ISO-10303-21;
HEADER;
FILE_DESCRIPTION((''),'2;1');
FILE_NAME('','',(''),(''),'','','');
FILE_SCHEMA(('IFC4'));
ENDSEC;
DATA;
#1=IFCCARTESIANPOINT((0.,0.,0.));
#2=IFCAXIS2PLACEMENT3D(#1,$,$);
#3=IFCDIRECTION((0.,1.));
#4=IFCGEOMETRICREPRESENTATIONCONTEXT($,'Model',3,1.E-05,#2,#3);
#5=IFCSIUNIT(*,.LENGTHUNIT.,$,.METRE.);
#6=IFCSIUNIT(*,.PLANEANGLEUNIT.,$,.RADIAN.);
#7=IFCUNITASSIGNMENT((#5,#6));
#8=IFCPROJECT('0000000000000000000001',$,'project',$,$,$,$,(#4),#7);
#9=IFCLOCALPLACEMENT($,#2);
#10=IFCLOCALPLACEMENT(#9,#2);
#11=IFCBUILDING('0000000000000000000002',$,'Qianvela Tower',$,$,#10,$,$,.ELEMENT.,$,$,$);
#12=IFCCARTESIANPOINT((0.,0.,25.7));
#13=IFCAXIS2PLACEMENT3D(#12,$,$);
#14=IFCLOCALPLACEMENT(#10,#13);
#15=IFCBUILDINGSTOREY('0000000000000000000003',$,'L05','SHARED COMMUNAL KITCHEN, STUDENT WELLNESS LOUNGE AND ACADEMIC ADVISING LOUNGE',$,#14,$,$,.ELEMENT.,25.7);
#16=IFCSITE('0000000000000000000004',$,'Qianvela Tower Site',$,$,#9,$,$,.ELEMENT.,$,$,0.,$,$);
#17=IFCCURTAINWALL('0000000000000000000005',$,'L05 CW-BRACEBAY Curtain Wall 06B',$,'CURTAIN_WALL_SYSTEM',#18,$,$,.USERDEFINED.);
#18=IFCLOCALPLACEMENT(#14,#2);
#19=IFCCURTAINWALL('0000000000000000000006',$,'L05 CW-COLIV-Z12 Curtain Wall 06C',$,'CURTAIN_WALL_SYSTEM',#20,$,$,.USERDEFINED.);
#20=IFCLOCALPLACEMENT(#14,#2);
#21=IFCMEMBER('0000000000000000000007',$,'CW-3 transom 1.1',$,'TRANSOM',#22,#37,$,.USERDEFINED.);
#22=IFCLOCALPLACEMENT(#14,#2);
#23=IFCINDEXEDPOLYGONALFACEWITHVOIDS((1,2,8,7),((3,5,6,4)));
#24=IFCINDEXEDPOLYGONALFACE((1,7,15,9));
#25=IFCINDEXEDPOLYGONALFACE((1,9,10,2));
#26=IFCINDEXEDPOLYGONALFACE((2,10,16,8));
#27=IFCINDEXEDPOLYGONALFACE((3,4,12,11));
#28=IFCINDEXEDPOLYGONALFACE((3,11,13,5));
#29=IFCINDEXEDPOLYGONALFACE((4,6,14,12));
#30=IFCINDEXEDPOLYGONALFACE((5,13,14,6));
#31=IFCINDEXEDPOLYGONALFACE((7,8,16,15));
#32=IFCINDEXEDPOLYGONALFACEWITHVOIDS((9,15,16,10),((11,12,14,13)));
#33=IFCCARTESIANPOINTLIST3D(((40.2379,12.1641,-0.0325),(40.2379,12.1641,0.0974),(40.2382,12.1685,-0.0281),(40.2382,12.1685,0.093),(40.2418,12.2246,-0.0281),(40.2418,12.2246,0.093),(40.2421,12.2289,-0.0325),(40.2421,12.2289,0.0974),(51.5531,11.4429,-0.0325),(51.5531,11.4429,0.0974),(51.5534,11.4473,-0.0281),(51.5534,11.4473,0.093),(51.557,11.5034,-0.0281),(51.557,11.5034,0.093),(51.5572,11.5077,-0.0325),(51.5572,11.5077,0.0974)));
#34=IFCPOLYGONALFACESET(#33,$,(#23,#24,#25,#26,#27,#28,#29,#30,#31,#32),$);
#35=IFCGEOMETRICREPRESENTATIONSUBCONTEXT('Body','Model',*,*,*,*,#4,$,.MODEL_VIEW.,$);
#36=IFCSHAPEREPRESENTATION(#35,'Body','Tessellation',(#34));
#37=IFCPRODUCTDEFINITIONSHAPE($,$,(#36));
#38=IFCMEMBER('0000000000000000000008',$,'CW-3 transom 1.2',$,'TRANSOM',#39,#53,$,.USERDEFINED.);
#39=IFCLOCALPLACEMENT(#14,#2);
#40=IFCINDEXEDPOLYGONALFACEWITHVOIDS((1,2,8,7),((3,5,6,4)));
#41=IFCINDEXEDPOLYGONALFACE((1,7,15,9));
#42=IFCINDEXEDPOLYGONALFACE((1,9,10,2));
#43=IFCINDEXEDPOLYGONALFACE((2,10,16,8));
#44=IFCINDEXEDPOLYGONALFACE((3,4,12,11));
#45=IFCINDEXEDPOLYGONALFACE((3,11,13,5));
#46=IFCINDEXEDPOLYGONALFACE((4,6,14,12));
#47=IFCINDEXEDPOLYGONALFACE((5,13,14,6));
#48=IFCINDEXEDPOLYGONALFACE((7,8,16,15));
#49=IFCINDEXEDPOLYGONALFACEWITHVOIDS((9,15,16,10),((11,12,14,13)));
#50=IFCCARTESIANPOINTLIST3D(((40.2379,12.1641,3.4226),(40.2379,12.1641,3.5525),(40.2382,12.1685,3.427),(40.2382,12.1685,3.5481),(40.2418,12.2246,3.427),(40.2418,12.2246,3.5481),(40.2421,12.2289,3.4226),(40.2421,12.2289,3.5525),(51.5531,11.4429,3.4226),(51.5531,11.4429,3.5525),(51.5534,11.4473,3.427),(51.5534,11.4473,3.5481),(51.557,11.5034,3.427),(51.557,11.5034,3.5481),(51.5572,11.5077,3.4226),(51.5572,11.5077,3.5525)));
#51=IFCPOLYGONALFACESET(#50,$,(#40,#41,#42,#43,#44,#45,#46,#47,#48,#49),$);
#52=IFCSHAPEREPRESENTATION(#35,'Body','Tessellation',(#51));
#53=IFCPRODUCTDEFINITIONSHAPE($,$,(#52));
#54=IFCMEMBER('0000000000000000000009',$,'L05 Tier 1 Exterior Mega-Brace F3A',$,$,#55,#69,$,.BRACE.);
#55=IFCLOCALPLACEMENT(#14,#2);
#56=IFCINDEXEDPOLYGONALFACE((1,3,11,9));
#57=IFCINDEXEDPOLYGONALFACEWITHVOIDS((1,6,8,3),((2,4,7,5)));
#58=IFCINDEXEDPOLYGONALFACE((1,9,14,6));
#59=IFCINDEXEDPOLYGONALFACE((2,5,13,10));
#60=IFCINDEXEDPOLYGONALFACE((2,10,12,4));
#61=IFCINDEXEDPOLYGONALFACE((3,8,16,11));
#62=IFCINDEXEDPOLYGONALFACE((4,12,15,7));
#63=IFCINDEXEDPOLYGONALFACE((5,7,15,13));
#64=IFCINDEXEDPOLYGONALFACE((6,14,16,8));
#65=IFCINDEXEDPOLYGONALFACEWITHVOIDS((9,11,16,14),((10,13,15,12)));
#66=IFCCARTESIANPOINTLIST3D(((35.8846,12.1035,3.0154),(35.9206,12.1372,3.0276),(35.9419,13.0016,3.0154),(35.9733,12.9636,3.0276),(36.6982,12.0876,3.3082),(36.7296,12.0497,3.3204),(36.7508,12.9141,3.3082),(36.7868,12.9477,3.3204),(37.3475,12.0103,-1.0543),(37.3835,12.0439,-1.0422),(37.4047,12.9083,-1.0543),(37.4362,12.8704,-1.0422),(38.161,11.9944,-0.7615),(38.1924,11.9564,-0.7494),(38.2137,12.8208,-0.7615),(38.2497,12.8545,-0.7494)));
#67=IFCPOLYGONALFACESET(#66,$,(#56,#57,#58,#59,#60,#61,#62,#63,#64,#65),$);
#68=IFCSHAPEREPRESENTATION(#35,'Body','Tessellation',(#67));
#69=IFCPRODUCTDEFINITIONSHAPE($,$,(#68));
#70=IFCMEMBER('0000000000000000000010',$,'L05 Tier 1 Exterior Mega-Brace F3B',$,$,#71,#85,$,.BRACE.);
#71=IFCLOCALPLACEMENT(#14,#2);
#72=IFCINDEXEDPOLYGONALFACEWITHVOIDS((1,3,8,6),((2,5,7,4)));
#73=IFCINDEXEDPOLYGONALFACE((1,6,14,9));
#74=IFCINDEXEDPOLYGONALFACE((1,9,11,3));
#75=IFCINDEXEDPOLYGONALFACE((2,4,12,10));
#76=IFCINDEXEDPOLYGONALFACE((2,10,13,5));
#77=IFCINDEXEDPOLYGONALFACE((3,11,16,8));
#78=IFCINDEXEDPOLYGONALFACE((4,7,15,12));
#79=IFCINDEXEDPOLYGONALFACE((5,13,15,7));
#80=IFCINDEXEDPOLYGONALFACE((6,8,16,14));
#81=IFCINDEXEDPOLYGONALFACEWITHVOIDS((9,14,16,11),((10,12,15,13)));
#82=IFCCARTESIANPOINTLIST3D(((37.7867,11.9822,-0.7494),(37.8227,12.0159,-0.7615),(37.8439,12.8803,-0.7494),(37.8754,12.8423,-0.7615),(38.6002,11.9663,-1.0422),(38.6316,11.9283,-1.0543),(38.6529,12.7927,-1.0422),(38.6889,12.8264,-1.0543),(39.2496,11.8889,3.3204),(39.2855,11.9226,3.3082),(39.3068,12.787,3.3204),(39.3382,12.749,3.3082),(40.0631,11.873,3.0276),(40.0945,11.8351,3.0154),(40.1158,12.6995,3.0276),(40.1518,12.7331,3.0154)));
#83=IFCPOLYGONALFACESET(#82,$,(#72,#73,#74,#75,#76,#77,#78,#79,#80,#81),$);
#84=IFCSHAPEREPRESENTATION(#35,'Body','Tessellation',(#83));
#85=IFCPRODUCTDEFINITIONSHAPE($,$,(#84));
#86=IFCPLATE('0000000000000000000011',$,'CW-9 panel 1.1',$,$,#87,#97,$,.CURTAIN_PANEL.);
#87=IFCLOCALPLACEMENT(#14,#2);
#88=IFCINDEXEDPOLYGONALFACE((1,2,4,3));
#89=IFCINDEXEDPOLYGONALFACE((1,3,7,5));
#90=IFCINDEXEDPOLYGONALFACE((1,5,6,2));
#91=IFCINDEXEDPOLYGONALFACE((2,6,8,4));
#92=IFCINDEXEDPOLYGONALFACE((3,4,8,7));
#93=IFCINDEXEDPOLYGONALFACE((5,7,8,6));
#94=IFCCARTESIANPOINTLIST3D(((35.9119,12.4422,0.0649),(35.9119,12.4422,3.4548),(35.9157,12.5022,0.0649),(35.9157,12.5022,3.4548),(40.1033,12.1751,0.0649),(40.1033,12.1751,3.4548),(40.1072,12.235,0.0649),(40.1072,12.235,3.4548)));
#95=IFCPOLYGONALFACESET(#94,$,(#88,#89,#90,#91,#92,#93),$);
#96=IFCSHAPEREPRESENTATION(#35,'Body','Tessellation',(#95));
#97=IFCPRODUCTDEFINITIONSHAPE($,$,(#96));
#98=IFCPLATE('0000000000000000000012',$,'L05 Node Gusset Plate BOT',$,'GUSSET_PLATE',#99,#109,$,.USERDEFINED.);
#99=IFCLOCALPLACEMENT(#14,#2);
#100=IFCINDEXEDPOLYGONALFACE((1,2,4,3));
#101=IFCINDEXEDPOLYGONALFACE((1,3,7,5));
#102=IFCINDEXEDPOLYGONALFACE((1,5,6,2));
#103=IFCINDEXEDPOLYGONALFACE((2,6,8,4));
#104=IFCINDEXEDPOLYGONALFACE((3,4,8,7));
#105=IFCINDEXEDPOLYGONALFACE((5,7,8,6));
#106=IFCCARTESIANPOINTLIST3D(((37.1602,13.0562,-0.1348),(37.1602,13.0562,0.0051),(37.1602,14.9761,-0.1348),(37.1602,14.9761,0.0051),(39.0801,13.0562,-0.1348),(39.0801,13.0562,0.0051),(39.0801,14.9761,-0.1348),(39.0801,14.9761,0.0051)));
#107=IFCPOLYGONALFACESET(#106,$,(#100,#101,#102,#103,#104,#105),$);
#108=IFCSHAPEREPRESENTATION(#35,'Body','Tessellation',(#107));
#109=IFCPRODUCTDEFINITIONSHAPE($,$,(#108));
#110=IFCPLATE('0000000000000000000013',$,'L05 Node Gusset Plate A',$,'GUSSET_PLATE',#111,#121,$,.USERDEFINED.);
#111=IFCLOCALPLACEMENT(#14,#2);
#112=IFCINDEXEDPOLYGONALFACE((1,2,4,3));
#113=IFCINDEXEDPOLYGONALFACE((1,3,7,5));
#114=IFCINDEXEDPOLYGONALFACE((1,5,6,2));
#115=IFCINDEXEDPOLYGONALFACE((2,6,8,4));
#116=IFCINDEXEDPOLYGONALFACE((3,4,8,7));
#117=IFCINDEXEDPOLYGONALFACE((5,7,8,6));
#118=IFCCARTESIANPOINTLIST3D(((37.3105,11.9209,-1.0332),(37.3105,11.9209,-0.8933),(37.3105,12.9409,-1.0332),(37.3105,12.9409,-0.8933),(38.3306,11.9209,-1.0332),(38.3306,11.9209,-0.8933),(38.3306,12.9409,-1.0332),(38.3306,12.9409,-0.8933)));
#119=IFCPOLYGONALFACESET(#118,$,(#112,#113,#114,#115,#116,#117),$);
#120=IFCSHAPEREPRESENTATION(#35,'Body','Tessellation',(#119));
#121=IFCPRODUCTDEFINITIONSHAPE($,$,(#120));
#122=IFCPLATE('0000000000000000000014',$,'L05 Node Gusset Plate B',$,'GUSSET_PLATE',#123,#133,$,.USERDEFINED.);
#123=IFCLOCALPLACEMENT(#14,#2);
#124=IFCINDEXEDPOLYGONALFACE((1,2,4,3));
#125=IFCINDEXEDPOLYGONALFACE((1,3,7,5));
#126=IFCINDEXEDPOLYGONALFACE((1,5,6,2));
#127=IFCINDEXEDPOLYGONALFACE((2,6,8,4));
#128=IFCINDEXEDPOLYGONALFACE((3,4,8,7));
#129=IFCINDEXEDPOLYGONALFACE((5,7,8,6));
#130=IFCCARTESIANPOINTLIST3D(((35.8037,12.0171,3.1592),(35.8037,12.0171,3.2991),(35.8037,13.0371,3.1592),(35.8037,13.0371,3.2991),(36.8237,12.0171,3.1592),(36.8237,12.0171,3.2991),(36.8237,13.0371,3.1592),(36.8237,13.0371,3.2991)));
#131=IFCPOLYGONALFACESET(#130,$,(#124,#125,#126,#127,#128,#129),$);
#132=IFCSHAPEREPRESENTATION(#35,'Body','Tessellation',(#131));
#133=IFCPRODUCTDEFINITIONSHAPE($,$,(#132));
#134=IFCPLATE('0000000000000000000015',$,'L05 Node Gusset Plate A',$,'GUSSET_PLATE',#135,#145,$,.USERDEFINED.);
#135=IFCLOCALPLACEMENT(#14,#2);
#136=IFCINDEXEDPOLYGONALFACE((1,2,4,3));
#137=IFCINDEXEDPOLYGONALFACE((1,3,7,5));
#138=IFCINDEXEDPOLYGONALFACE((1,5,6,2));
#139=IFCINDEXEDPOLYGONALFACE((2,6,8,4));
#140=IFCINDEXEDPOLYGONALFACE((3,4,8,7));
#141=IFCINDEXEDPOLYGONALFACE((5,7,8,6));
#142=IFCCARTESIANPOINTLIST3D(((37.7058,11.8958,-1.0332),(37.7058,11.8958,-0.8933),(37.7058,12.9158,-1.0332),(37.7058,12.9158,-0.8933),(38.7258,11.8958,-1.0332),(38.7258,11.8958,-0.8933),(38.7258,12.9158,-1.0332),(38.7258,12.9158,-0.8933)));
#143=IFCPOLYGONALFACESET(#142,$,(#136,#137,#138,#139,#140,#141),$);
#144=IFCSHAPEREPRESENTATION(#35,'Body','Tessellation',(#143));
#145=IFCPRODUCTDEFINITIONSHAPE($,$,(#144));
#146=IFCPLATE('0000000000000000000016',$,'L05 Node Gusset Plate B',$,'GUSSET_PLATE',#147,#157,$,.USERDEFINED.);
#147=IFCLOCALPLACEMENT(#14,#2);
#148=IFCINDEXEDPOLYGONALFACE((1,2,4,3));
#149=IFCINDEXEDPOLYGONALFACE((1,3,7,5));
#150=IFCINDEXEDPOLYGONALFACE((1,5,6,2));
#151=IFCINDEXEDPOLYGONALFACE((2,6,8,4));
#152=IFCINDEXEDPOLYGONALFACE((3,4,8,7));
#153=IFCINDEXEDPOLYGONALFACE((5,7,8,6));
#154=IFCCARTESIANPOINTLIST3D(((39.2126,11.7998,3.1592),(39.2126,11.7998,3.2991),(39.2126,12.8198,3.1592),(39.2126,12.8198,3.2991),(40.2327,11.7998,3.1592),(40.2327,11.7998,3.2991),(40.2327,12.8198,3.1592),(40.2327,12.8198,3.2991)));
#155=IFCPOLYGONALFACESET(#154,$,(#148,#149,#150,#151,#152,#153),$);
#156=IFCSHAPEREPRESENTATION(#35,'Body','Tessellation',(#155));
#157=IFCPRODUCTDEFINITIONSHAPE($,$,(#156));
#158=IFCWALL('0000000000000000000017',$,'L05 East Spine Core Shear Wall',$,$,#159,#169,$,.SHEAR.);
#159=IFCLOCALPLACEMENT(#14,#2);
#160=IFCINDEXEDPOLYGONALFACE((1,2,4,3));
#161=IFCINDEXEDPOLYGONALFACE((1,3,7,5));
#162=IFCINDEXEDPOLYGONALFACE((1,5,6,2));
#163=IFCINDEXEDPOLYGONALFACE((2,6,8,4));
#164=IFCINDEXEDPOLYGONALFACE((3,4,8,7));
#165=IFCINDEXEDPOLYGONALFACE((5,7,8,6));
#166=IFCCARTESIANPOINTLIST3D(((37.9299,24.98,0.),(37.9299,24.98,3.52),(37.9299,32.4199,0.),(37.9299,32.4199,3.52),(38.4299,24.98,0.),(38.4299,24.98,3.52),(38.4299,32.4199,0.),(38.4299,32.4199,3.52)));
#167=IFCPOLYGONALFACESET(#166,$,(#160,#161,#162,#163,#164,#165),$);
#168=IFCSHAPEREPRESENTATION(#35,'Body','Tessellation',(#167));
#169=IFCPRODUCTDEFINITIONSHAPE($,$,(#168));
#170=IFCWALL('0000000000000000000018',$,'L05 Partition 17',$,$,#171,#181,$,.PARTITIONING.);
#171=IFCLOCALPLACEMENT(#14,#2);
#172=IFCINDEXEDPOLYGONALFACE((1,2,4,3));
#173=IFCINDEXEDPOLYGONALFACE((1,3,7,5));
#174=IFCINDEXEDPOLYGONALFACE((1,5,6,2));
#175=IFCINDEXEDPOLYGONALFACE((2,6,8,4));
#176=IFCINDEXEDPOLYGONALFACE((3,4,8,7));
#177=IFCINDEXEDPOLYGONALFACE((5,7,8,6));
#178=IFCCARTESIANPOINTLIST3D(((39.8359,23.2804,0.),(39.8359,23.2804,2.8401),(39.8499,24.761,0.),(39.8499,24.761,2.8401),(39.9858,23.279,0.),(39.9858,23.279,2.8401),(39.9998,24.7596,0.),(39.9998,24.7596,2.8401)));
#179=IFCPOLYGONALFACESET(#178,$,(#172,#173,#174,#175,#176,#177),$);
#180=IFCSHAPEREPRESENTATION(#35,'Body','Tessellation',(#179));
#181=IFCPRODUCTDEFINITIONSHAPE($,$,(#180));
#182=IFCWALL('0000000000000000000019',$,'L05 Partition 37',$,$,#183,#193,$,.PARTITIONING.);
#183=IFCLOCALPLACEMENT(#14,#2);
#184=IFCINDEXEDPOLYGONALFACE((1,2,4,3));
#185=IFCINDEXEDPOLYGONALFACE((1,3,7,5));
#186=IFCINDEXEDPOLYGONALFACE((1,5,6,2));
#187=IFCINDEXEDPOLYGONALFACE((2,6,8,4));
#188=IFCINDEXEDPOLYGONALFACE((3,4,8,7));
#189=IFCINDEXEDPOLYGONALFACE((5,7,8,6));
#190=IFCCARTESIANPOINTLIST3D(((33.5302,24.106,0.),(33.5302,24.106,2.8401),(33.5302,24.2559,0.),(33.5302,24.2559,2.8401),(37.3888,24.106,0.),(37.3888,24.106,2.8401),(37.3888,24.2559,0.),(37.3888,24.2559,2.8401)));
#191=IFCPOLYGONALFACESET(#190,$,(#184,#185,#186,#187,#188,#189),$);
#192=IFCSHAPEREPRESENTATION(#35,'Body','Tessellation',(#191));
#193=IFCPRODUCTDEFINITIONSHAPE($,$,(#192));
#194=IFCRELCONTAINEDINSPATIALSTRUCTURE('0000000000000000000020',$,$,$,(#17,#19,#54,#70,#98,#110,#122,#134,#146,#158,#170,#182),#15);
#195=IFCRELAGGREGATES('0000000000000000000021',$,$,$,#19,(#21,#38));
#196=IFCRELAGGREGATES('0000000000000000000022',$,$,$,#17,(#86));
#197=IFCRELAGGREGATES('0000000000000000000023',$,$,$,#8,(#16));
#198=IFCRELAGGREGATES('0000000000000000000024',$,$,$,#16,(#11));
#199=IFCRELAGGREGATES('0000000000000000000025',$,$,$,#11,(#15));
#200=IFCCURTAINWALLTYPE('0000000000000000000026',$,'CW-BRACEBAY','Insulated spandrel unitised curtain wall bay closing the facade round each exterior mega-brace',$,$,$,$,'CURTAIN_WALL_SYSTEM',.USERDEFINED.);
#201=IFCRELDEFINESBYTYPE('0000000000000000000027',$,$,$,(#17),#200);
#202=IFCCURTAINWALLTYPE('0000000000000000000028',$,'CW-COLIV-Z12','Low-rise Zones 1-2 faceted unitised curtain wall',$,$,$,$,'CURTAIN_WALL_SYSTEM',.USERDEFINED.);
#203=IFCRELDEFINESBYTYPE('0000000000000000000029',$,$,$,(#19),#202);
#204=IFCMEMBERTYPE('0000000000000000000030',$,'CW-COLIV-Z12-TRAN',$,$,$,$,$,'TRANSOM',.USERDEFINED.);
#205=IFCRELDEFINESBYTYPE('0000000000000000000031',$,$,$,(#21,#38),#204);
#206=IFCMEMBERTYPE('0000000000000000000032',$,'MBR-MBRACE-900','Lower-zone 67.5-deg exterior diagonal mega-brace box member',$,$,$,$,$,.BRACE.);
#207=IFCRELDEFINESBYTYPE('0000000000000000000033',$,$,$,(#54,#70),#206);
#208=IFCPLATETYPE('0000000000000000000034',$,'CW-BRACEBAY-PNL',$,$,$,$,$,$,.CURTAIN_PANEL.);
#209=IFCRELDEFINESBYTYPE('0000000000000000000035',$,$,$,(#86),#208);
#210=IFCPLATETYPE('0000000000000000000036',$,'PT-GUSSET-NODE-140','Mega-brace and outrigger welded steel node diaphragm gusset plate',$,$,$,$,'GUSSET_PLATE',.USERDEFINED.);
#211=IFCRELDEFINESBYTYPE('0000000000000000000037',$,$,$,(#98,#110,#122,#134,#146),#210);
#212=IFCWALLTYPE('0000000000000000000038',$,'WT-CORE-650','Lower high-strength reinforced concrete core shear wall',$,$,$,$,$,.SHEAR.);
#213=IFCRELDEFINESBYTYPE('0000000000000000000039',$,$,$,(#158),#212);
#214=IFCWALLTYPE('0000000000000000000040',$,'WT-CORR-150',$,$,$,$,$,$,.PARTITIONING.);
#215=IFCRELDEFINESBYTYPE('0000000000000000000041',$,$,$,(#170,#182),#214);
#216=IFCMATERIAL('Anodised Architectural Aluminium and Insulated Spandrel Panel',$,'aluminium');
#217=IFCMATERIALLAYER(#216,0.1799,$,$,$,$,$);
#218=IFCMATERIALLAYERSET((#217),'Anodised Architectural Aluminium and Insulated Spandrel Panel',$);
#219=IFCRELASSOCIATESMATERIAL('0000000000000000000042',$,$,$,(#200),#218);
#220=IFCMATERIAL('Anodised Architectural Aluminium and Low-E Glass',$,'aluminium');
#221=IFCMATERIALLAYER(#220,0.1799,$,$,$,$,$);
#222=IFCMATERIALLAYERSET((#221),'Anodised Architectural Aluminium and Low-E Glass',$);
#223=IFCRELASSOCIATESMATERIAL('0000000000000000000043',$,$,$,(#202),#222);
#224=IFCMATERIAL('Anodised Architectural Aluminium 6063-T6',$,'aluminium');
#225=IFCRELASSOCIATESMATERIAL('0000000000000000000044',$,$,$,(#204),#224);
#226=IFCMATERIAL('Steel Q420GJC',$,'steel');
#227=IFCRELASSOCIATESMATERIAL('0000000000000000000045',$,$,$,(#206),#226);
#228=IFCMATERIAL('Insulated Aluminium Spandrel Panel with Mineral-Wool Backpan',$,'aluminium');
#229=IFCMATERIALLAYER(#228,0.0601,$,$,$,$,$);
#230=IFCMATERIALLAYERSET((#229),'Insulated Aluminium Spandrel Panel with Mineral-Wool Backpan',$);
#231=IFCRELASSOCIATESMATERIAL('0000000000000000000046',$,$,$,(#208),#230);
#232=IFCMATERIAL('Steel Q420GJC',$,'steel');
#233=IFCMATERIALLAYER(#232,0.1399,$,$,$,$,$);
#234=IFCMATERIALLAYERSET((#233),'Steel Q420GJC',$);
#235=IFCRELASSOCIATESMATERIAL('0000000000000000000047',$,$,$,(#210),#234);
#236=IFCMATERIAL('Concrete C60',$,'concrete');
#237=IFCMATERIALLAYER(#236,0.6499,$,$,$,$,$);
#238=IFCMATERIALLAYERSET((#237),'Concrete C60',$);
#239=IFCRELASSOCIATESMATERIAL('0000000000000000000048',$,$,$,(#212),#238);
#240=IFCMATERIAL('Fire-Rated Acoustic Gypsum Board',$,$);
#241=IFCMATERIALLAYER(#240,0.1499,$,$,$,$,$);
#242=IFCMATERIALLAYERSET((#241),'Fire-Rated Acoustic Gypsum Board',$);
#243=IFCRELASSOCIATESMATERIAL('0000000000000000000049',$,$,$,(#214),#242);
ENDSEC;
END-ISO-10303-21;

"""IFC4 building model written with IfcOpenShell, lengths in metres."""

from ifc_helpers import new_model, si_unit, direction, frame, frame_2d, origin, origin_2d, place, context, subcontext, project, spatial, rectangle, hollow_rectangle, extrude, material, layer, layer_set, material_profile, profile_set, type_object, element, aggregate, save


model = new_model("IFC4")

# Units and contexts
model_context = context("Model", 3, precision=1e-05, world=origin(), true_north=direction((0.0, 1.0)))
body_context = subcontext(model_context, "Body", "Model", "MODEL_VIEW")
ifc_project = project(units=[si_unit("LENGTHUNIT", "METRE"), si_unit("PLANEANGLEUNIT", "RADIAN")], contexts=[model_context])

# Site, building, storey
site_placement = place(None, origin())
site = spatial("IfcSite", under=ifc_project, at=site_placement, Name="Qianvela Tower Site", CompositionType="ELEMENT", RefElevation=0.0)
building_placement = place(site_placement, origin())
building = spatial("IfcBuilding", under=site, at=building_placement, Name="Qianvela Tower", CompositionType="ELEMENT")
storey_placement = place(building_placement, frame((0.0, 0.0, 25.7)))
storey = spatial("IfcBuildingStorey", under=building, at=storey_placement, Name="L05", Description="SHARED COMMUNAL KITCHEN, STUDENT WELLNESS LOUNGE AND ACADEMIC ADVISING LOUNGE", CompositionType="ELEMENT", Elevation=25.7)

# Curtain wall
ifc_material_1 = material(Name="Anodised Architectural Aluminium and Insulated Spandrel Panel", Category="aluminium")
ifc_layer_1 = layer(ifc_material_1, 0.1799)
ifc_layer_set_1 = layer_set([ifc_layer_1], Name="Anodised Architectural Aluminium and Insulated Spandrel Panel")
curtain_wall_type_1 = type_object("IfcCurtainWallType", Name="CW-BRACEBAY", Description="Insulated spandrel unitised curtain wall bay closing the facade round each exterior mega-brace", ElementType="CURTAIN_WALL_SYSTEM", PredefinedType="USERDEFINED", material=ifc_layer_set_1)
curtain_wall_1_placement = place(storey_placement, origin())
curtain_wall_1 = element("IfcCurtainWall", 1, at=curtain_wall_1_placement, inside=storey, type_object=curtain_wall_type_1, Name="L05 CW-BRACEBAY Curtain Wall 06B", ObjectType="CURTAIN_WALL_SYSTEM", PredefinedType="USERDEFINED")

# Shared definitions
ifc_material_2 = material(Name="Anodised Architectural Aluminium and Low-E Glass", Category="aluminium")
ifc_layer_2 = layer(ifc_material_2, 0.1799)
ifc_layer_set_2 = layer_set([ifc_layer_2], Name="Anodised Architectural Aluminium and Low-E Glass")
curtain_wall_type_2 = type_object("IfcCurtainWallType", Name="CW-COLIV-Z12", Description="Low-rise Zones 1-2 faceted unitised curtain wall", ElementType="CURTAIN_WALL_SYSTEM", PredefinedType="USERDEFINED", material=ifc_layer_set_2)

# Curtain wall, members
curtain_wall_2_placement = place(storey_placement, origin())
curtain_wall_2 = element("IfcCurtainWall", 2, at=curtain_wall_2_placement, inside=storey, type_object=curtain_wall_type_2, Name="L05 CW-COLIV-Z12 Curtain Wall 06C", ObjectType="CURTAIN_WALL_SYSTEM", PredefinedType="USERDEFINED")
ifc_material_3 = material(Name="Anodised Architectural Aluminium 6063-T6", Category="aluminium")
ifc_material_profile_1 = material_profile(ifc_material_3, hollow_rectangle(XDim=0.0649, YDim=0.1299, WallThickness=0.0044, at=origin_2d()), Name="ALU-TRAN-65x130")
ifc_profile_set_1 = profile_set([ifc_material_profile_1], Name="Anodised Architectural Aluminium 6063-T6")
member_type_1 = type_object("IfcMemberType", Name="CW-COLIV-Z12-TRAN", ElementType="TRANSOM", PredefinedType="USERDEFINED", material=ifc_profile_set_1)
member_1_placement = place(storey_placement, frame((40.24, 12.1965, 0.0325), z_axis=(0.997975, -0.063608, 0.0), x_axis=(0.063608, 0.997975, 0.0)))
member_1 = element("IfcMember", 3, at=member_1_placement, type_object=member_type_1, Name="CW-3 transom 1.1", ObjectType="TRANSOM", PredefinedType="USERDEFINED", context=body_context, shape_type="SweptSolid", body=[
    extrude(hollow_rectangle(XDim=0.0649, YDim=0.1299, WallThickness=0.0044, at=origin_2d()), origin(), (0.0, 0.0, 1.0), 11.3381),
])
member_2_placement = place(storey_placement, frame((40.24, 12.1965, 3.4875), z_axis=(0.997975, -0.063608, 0.0), x_axis=(0.063608, 0.997975, 0.0)))
member_2 = element("IfcMember", 4, at=member_2_placement, type_object=member_type_1, Name="CW-3 transom 1.2", ObjectType="TRANSOM", PredefinedType="USERDEFINED", context=body_context, shape_type="SweptSolid", body=[
    extrude(hollow_rectangle(XDim=0.0649, YDim=0.1299, WallThickness=0.0044, at=origin_2d()), origin(), (0.0, 0.0, 1.0), 11.3381),
])
aggregate(curtain_wall_2, [member_1, member_2])

# Members
ifc_material_4 = material(Name="Steel Q420GJC", Category="steel")
ifc_material_profile_2 = material_profile(ifc_material_4, hollow_rectangle(XDim=0.8999, YDim=0.8999, WallThickness=0.0359, at=origin_2d()), Name="MBOX-900x900x36")
ifc_profile_set_2 = profile_set([ifc_material_profile_2], Name="Steel Q420GJC")
member_type_2 = type_object("IfcMemberType", Name="MBR-MBRACE-900", Description="Lower-zone 67.5-deg exterior diagonal mega-brace box member", PredefinedType="BRACE", material=ifc_profile_set_2)
for number, where, z_axis, x_axis, name in (
    (5, (37.7986, 12.4324, -0.9019), (-0.338181, 0.02156, 0.940834), (-0.063623, -0.997974, 0.0), "L05 Tier 1 Exterior Mega-Brace F3A"),
    (6, (38.2378, 12.4043, -0.9019), (0.338181, -0.02156, 0.940834), (0.063623, 0.997974, 0.0), "L05 Tier 1 Exterior Mega-Brace F3B"),
):
    element("IfcMember", number, at=place(storey_placement, frame(where, z_axis=z_axis, x_axis=x_axis)), inside=storey, type_object=member_type_2, Name=name, PredefinedType="BRACE", context=body_context, shape_type="SweptSolid", body=[
        extrude(hollow_rectangle(XDim=0.8999, YDim=0.8999, WallThickness=0.0359, at=origin_2d()), origin(), (0.0, 0.0, 1.0), 4.3257),
    ])

# Plate
ifc_material_5 = material(Name="Insulated Aluminium Spandrel Panel with Mineral-Wool Backpan", Category="aluminium")
ifc_layer_3 = layer(ifc_material_5, 0.0601)
ifc_layer_set_3 = layer_set([ifc_layer_3], Name="Insulated Aluminium Spandrel Panel with Mineral-Wool Backpan")
plate_type_1 = type_object("IfcPlateType", Name="CW-BRACEBAY-PNL", PredefinedType="CURTAIN_PANEL", material=ifc_layer_set_3)
plate_1_placement = place(storey_placement, frame((38.0095, 12.3386, 0.0649), z_axis=(0.0, 0.0, 1.0), x_axis=(0.997975, -0.063602, 0.0)))
plate_1 = element("IfcPlate", 7, at=plate_1_placement, type_object=plate_type_1, Name="CW-9 panel 1.1", PredefinedType="CURTAIN_PANEL", context=body_context, shape_type="SweptSolid", body=[
    extrude(rectangle(XDim=4.2, YDim=0.0601, at=origin_2d()), origin(), (0.0, 0.0, 1.0), 3.3899),
])
aggregate(curtain_wall_1, [plate_1])

# Plates
ifc_material_6 = material(Name="Steel Q420GJC", Category="steel")
ifc_layer_4 = layer(ifc_material_6, 0.1399)
ifc_layer_set_4 = layer_set([ifc_layer_4], Name="Steel Q420GJC")
plate_type_2 = type_object("IfcPlateType", Name="PT-GUSSET-NODE-140", Description="Mega-brace and outrigger welded steel node diaphragm gusset plate", ElementType="GUSSET_PLATE", PredefinedType="USERDEFINED", material=ifc_layer_set_4)
plate_2_placement = place(storey_placement, frame((38.1201, 14.0161, -0.1348), z_axis=(0.0, 0.0, 1.0), x_axis=(1.0, 0.0, 0.0)))
element("IfcPlate", 8, at=plate_2_placement, inside=storey, type_object=plate_type_2, Name="L05 Node Gusset Plate BOT", ObjectType="GUSSET_PLATE", PredefinedType="USERDEFINED", context=body_context, shape_type="SweptSolid", body=[
    extrude(rectangle(XDim=1.9199, YDim=1.9199, at=origin_2d()), origin(), (0.0, 0.0, 1.0), 0.1399),
])
for number, where, z_axis, x_axis, name in (
    (9, (37.8206, 12.4309, -1.0332), (0.0, 0.0, 1.0), (1.0, 0.0, 0.0), "L05 Node Gusset Plate A"),
    (10, (36.3137, 12.5271, 3.1592), (0.0, 0.0, 1.0), (1.0, 0.0, 0.0), "L05 Node Gusset Plate B"),
    (11, (38.2158, 12.4058, -1.0332), (0.0, 0.0, 1.0), (1.0, 0.0, 0.0), "L05 Node Gusset Plate A"),
    (12, (39.7227, 12.3098, 3.1592), (0.0, 0.0, 1.0), (1.0, 0.0, 0.0), "L05 Node Gusset Plate B"),
):
    element("IfcPlate", number, at=place(storey_placement, frame(where, z_axis=z_axis, x_axis=x_axis)), inside=storey, type_object=plate_type_2, Name=name, ObjectType="GUSSET_PLATE", PredefinedType="USERDEFINED", context=body_context, shape_type="SweptSolid", body=[
        extrude(rectangle(XDim=1.02, YDim=1.02, at=origin_2d()), origin(), (0.0, 0.0, 1.0), 0.1399),
    ])

# Walls
ifc_material_7 = material(Name="Concrete C60", Category="concrete")
ifc_layer_5 = layer(ifc_material_7, 0.6499)
ifc_layer_set_5 = layer_set([ifc_layer_5], Name="Concrete C60")
wall_type_1 = type_object("IfcWallType", Name="WT-CORE-650", Description="Lower high-strength reinforced concrete core shear wall", PredefinedType="SHEAR", material=ifc_layer_set_5)
wall_1_placement = place(storey_placement, frame((38.1799, 24.98, 0.0), z_axis=(0.0, 0.0, 1.0), x_axis=(0.0, 1.0, 0.0)))
element("IfcWall", 13, at=wall_1_placement, inside=storey, type_object=wall_type_1, Name="L05 East Spine Core Shear Wall", PredefinedType="SHEAR", context=body_context, shape_type="SweptSolid", body=[
    extrude(rectangle(XDim=7.4399, YDim=0.5, at=frame_2d((3.72, 0.0))), origin(), (0.0, 0.0, 1.0), 3.52),
])
ifc_material_8 = material(Name="Fire-Rated Acoustic Gypsum Board")
ifc_layer_6 = layer(ifc_material_8, 0.1499)
ifc_layer_set_6 = layer_set([ifc_layer_6], Name="Fire-Rated Acoustic Gypsum Board")
wall_type_2 = type_object("IfcWallType", Name="WT-CORR-150", PredefinedType="PARTITIONING", material=ifc_layer_set_6)
wall_2_placement = place(storey_placement, frame((39.9109, 23.2798, 0.0), z_axis=(0.0, 0.0, 1.0), x_axis=(0.009398, 0.999956, 0.0)))
element("IfcWall", 14, at=wall_2_placement, inside=storey, type_object=wall_type_2, Name="L05 Partition 17", PredefinedType="PARTITIONING", context=body_context, shape_type="SweptSolid", body=[
    extrude(rectangle(XDim=1.4807, YDim=0.1499, at=frame_2d((0.7402, 0.0))), origin(), (0.0, 0.0, 1.0), 2.8401),
])
wall_3_placement = place(storey_placement, frame((37.3887, 24.1809, 0.0), z_axis=(0.0, 0.0, 1.0), x_axis=(-1.0, 0.0, 0.0)))
element("IfcWall", 15, at=wall_3_placement, inside=storey, type_object=wall_type_2, Name="L05 Partition 37", PredefinedType="PARTITIONING", context=body_context, shape_type="SweptSolid", body=[
    extrude(rectangle(XDim=3.8586, YDim=0.1499, at=frame_2d((1.9292, 0.0))), origin(), (0.0, 0.0, 1.0), 2.8401),
])

save(model, "model.ifc")
